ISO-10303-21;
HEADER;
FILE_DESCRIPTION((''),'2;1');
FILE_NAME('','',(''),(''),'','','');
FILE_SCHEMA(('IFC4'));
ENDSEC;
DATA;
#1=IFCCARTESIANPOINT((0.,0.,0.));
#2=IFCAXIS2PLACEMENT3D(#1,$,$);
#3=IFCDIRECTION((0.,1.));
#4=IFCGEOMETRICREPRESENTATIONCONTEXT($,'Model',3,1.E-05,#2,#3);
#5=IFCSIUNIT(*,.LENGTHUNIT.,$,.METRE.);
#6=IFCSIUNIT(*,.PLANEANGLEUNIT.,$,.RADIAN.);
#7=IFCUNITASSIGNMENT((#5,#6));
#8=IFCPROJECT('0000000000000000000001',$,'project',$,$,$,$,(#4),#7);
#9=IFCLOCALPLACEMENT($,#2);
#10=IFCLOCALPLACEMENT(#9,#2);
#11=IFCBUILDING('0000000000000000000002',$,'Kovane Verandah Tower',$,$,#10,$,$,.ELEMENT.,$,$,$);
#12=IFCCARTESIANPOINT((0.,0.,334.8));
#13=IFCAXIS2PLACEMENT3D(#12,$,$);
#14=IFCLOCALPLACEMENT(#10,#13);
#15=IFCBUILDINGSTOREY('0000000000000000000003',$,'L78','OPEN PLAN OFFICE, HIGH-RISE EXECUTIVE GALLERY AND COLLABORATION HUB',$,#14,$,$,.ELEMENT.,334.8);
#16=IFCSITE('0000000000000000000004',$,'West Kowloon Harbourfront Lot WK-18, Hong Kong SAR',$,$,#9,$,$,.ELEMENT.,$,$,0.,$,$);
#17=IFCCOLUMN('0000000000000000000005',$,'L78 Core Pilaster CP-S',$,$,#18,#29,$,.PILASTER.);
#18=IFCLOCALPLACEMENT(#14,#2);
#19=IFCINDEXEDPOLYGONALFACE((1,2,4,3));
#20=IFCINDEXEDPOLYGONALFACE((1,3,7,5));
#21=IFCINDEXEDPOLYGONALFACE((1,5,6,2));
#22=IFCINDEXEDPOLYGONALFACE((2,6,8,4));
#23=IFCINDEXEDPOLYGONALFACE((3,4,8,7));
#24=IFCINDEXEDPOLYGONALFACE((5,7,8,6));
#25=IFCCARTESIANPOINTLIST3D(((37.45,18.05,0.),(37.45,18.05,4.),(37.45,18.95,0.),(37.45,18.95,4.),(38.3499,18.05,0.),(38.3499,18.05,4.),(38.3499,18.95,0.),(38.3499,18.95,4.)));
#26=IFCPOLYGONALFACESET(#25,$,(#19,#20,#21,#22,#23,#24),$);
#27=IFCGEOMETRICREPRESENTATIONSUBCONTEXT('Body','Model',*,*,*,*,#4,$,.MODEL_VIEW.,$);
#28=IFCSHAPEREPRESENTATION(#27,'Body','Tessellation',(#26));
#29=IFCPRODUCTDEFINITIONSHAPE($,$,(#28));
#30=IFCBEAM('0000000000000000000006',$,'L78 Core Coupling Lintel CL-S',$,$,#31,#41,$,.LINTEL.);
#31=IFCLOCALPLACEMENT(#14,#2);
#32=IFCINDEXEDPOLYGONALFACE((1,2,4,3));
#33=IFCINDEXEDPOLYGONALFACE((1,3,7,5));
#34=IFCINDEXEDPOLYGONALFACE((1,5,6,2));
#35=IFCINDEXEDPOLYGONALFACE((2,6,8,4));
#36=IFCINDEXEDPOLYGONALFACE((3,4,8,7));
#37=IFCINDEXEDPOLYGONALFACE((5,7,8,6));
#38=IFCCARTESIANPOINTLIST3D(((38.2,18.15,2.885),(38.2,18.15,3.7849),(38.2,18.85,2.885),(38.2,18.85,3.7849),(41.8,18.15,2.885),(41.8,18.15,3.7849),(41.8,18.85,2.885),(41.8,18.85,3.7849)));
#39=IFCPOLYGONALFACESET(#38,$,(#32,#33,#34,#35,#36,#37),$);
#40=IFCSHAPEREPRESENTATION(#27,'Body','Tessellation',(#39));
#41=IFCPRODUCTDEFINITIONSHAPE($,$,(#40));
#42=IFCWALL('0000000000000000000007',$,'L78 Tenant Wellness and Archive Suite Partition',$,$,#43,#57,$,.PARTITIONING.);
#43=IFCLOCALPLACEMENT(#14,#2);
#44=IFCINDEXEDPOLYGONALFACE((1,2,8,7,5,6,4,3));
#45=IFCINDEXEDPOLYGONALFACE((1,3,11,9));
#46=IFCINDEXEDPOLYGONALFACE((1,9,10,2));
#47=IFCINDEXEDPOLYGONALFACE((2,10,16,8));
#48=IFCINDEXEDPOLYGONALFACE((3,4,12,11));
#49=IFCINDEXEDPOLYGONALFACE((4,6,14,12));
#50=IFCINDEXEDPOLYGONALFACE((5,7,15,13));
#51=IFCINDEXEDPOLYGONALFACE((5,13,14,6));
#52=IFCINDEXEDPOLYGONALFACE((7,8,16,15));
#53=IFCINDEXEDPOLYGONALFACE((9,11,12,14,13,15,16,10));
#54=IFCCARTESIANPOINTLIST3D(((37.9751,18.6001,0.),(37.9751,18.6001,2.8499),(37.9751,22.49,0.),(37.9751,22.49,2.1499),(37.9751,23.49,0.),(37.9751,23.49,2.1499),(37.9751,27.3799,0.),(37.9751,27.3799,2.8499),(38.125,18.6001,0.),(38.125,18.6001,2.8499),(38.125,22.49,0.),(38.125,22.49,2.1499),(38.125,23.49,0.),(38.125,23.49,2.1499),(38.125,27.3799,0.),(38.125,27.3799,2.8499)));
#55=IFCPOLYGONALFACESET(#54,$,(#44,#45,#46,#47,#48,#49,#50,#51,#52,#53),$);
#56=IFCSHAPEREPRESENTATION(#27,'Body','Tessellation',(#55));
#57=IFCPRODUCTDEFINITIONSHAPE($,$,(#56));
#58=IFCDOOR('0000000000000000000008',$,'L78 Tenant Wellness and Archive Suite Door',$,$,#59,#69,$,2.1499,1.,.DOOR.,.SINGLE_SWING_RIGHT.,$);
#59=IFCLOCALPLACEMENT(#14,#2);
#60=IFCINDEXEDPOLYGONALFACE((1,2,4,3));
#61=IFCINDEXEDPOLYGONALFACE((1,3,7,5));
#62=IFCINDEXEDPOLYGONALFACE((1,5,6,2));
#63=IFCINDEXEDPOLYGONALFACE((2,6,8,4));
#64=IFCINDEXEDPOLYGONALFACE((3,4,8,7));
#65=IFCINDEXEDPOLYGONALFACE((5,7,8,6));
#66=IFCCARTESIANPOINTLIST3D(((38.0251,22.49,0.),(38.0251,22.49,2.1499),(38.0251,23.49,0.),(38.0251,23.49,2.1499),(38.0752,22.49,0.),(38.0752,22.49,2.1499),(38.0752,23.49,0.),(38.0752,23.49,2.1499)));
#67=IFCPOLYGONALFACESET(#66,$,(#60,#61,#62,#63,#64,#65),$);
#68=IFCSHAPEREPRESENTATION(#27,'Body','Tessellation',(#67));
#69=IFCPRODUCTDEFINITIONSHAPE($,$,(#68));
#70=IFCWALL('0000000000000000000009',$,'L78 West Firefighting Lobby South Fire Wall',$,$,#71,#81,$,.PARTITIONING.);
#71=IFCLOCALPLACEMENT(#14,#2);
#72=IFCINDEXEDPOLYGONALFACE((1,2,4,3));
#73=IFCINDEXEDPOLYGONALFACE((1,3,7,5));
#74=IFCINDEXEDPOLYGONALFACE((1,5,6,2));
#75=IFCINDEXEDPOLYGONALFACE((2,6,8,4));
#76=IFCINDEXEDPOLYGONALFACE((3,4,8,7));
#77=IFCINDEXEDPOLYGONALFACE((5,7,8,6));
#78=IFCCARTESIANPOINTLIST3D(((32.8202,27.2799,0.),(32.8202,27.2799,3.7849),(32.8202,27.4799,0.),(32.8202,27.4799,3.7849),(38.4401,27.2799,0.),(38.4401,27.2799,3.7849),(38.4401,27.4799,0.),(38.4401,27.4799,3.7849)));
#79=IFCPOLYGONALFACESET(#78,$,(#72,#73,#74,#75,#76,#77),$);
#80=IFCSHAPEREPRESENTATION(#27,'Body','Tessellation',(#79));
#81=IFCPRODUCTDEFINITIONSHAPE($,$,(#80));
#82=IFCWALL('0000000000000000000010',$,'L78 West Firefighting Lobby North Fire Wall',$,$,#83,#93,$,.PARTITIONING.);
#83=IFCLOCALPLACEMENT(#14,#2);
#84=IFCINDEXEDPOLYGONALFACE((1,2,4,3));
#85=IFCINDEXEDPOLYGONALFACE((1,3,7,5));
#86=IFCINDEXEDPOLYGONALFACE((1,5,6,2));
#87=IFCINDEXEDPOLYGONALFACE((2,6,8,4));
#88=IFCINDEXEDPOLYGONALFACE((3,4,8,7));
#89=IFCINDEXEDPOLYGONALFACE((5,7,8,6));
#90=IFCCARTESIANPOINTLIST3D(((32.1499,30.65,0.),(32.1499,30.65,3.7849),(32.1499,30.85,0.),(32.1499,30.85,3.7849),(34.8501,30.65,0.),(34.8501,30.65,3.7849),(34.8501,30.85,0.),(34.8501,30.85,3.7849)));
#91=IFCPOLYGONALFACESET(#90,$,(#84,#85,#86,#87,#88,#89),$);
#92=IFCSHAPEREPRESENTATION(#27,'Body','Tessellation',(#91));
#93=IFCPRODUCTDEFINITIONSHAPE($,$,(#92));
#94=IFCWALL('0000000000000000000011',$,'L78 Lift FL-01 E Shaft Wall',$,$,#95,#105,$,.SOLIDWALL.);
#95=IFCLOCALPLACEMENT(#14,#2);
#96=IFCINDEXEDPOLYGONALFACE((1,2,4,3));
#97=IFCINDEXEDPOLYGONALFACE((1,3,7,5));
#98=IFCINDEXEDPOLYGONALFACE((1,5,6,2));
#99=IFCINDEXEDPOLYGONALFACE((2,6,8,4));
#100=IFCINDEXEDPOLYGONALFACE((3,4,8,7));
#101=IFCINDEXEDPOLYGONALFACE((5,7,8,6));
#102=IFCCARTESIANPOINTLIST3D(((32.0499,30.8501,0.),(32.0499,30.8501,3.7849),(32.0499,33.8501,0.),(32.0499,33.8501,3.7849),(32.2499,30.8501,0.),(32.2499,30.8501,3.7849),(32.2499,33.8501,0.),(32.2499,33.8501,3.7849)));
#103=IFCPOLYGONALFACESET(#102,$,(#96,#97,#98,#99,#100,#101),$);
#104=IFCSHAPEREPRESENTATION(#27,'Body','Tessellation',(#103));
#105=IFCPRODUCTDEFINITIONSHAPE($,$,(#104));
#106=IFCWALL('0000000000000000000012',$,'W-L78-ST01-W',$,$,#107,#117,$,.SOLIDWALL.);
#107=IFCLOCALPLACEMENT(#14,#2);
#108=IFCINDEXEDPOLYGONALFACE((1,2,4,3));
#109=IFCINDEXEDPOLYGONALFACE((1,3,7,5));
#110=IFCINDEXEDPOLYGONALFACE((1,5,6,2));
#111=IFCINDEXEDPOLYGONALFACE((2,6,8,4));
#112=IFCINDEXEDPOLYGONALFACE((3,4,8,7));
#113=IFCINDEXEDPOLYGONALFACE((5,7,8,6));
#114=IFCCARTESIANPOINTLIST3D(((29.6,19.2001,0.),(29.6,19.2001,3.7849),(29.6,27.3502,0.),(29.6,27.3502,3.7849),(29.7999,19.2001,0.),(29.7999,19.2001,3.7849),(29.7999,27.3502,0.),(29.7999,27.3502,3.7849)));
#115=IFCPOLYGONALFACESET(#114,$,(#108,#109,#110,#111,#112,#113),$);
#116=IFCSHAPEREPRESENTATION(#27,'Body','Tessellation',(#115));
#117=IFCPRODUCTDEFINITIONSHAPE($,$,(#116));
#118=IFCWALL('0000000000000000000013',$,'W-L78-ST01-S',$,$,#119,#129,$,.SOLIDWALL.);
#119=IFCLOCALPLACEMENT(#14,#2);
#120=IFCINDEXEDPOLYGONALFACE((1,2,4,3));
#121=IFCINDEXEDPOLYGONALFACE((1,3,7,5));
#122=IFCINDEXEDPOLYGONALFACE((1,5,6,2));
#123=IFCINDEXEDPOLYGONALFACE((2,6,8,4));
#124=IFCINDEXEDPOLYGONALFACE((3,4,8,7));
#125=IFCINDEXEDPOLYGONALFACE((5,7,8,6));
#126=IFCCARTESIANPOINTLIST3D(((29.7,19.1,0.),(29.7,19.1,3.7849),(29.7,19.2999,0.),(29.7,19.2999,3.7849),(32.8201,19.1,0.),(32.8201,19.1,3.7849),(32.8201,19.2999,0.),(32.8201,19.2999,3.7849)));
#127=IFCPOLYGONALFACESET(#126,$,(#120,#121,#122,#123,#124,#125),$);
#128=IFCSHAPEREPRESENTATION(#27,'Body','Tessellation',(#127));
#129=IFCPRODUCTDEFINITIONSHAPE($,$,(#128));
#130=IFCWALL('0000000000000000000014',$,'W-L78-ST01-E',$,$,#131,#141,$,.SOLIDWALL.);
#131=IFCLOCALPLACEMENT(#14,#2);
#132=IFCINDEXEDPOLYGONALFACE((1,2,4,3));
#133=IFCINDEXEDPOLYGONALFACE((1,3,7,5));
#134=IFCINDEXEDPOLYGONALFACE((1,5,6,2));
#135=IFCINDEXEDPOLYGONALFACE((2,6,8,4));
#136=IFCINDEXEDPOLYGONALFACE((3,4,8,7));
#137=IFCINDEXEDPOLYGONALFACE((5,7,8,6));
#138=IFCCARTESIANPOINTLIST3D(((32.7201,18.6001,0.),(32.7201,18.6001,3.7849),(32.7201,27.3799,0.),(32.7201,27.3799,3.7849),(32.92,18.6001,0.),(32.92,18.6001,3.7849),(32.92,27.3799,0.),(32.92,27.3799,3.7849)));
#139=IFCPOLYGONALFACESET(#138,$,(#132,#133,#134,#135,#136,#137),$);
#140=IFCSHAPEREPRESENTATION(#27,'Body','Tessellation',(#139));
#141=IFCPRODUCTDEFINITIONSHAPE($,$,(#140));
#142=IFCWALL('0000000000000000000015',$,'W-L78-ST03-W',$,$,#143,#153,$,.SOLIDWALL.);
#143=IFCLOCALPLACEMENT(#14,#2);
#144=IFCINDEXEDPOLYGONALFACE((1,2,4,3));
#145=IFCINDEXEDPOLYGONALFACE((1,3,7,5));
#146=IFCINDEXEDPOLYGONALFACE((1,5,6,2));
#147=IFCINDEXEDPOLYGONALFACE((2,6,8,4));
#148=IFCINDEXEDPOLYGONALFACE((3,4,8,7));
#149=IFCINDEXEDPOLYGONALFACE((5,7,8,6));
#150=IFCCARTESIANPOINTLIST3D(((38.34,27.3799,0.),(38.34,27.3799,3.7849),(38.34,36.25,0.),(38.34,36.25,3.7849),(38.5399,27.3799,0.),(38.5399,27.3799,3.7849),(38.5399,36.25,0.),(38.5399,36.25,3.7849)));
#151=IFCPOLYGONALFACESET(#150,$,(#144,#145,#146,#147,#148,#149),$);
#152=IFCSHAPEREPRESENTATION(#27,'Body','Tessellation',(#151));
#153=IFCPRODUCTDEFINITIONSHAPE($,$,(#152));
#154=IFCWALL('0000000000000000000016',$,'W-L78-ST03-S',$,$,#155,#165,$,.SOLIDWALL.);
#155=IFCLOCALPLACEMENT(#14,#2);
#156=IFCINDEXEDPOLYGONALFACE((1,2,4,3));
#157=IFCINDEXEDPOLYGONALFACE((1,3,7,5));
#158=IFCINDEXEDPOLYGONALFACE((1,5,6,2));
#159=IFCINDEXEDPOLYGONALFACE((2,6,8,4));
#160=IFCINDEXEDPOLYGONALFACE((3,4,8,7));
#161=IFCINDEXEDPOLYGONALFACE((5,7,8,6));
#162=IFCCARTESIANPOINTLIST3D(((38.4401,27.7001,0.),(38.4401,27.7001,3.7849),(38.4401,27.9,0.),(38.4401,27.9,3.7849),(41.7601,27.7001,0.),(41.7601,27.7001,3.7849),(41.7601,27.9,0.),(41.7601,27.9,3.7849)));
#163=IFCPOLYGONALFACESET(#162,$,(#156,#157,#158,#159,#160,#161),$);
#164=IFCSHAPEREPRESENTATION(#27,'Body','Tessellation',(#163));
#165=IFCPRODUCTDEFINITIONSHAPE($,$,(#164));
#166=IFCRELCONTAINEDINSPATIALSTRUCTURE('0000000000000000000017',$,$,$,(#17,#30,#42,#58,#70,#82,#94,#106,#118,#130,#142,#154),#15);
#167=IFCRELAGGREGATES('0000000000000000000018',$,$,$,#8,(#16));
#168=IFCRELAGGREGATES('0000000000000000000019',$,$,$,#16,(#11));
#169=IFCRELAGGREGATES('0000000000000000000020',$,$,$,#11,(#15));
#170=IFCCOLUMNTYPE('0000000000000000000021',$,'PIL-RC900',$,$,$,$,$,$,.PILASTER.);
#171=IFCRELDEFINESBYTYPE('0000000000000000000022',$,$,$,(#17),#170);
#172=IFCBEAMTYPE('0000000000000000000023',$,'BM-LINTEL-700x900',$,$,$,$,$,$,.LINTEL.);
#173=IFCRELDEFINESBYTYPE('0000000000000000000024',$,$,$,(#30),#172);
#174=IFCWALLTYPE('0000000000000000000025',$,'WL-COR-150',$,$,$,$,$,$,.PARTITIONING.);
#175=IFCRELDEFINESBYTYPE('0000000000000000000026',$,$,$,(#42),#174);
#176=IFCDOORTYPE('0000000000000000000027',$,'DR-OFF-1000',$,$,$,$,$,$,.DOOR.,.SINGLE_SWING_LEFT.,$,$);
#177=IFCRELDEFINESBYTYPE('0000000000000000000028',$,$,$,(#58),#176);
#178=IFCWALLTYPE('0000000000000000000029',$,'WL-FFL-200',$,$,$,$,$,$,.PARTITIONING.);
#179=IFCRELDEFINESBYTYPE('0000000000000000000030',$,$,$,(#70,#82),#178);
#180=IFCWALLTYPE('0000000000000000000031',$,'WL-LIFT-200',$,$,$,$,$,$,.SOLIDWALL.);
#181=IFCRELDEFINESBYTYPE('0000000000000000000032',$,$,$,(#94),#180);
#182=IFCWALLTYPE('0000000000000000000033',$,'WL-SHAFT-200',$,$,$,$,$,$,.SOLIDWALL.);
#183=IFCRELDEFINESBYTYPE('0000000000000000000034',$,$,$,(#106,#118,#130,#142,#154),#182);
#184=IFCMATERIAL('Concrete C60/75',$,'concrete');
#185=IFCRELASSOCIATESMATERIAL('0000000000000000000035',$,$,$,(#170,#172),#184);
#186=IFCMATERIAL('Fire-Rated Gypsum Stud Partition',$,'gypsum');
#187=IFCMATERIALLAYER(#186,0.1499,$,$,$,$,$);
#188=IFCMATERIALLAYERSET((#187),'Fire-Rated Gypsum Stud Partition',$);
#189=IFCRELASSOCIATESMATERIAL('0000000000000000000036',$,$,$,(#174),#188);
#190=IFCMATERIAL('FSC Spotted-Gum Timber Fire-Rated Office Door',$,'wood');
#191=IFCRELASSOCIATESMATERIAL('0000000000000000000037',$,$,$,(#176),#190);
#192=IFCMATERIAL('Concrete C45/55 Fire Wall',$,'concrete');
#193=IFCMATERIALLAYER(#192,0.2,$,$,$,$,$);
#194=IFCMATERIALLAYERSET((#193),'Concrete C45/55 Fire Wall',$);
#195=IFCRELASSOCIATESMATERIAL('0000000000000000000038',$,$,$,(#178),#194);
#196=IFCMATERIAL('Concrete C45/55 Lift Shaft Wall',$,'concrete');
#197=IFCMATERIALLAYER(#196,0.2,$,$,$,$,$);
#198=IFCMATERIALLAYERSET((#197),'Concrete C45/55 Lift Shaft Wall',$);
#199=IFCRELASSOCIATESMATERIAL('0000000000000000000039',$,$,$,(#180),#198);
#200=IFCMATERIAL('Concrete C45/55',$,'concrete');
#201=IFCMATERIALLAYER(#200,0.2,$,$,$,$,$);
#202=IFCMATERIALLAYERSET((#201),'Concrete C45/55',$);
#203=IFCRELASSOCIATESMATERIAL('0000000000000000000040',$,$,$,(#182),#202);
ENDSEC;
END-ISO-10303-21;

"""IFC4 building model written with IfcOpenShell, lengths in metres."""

from ifc_helpers import new_model, si_unit, direction, frame, frame_2d, origin, origin_2d, place, context, subcontext, project, spatial, rectangle, extrude, material, layer, layer_set, material_profile, profile_set, type_object, element, fill, save


model = new_model("IFC4")

# Units and contexts
model_context = context("Model", 3, precision=1e-05, world=origin(), true_north=direction((0.0, 1.0)))
body_context = subcontext(model_context, "Body", "Model", "MODEL_VIEW")
ifc_project = project(units=[si_unit("LENGTHUNIT", "METRE"), si_unit("PLANEANGLEUNIT", "RADIAN")], contexts=[model_context])

# Site, building, storey
site_placement = place(None, origin())
site = spatial("IfcSite", under=ifc_project, at=site_placement, Name="West Kowloon Harbourfront Lot WK-18, Hong Kong SAR", CompositionType="ELEMENT", RefElevation=0.0)
building_placement = place(site_placement, origin())
building = spatial("IfcBuilding", under=site, at=building_placement, Name="Kovane Verandah Tower", CompositionType="ELEMENT")
storey_placement = place(building_placement, frame((0.0, 0.0, 334.8)))
storey = spatial("IfcBuildingStorey", under=building, at=storey_placement, Name="L78", Description="OPEN PLAN OFFICE, HIGH-RISE EXECUTIVE GALLERY AND COLLABORATION HUB", CompositionType="ELEMENT", Elevation=334.8)

# Column
ifc_material_1 = material(Name="Concrete C60/75", Category="concrete")
ifc_material_profile_1 = material_profile(ifc_material_1, rectangle(XDim=0.8999, YDim=0.8999, at=origin_2d()), Name="RC900x900")
ifc_profile_set_1 = profile_set([ifc_material_profile_1], Name="Concrete C60/75")
column_type = type_object("IfcColumnType", Name="PIL-RC900", PredefinedType="PILASTER", material=ifc_profile_set_1)
column_placement = place(storey_placement, frame((37.8999, 18.5, 0.0), z_axis=(0.0, 0.0, 1.0), x_axis=(1.0, 0.0, 0.0)))
element("IfcColumn", 1, at=column_placement, inside=storey, type_object=column_type, Name="L78 Core Pilaster CP-S", PredefinedType="PILASTER", context=body_context, shape_type="SweptSolid", body=[
    extrude(rectangle(XDim=0.8999, YDim=0.8999, at=origin_2d()), origin(), (0.0, 0.0, 1.0), 4.0),
])

# Beam
ifc_material_profile_2 = material_profile(ifc_material_1, rectangle(XDim=0.7, YDim=0.8999, at=origin_2d()), Name="RCB700x900")
ifc_profile_set_2 = profile_set([ifc_material_profile_2], Name="Concrete C60/75")
beam_type = type_object("IfcBeamType", Name="BM-LINTEL-700x900", PredefinedType="LINTEL", material=ifc_profile_set_2)
beam_placement = place(storey_placement, frame((38.2, 18.5, 3.335), z_axis=(1.0, 0.0, 0.0), x_axis=(0.0, 1.0, 0.0)))
element("IfcBeam", 2, at=beam_placement, inside=storey, type_object=beam_type, Name="L78 Core Coupling Lintel CL-S", PredefinedType="LINTEL", context=body_context, shape_type="SweptSolid", body=[
    extrude(rectangle(XDim=0.7, YDim=0.8999, at=origin_2d()), origin(), (0.0, 0.0, 1.0), 3.6001),
])

# Wall, opening, door
ifc_material_2 = material(Name="Fire-Rated Gypsum Stud Partition", Category="gypsum")
ifc_layer_1 = layer(ifc_material_2, 0.1499)
ifc_layer_set_1 = layer_set([ifc_layer_1], Name="Fire-Rated Gypsum Stud Partition")
wall_type_1 = type_object("IfcWallType", Name="WL-COR-150", PredefinedType="PARTITIONING", material=ifc_layer_set_1)
wall_1_placement = place(storey_placement, frame((38.05, 18.6001, 0.0), z_axis=(0.0, 0.0, 1.0), x_axis=(0.0, 1.0, 0.0)))
wall_1 = element("IfcWall", 3, at=wall_1_placement, inside=storey, type_object=wall_type_1, Name="L78 Tenant Wellness and Archive Suite Partition", PredefinedType="PARTITIONING", context=body_context, shape_type="SweptSolid", body=[
    extrude(rectangle(XDim=8.7798, YDim=0.1499, at=frame_2d((4.3899, 0.0))), origin(), (0.0, 0.0, 1.0), 2.8499),
])
opening_1_placement = place(wall_1_placement, frame((3.8899, 0.0, 0.0)))
opening_1 = element("IfcOpeningElement", 4, at=opening_1_placement, cuts=wall_1, PredefinedType="OPENING", context=body_context, shape_type="SweptSolid", body=[
    extrude(rectangle(XDim=1.0, YDim=2.1499, at=frame_2d((0.5, 1.075))), frame((0.0, 0.075, 0.0), z_axis=(0.0, -1.0, 0.0), x_axis=(1.0, 0.0, 0.0)), (0.0, 0.0, 1.0), 0.1499),
])
ifc_material_3 = material(Name="FSC Spotted-Gum Timber Fire-Rated Office Door", Category="wood")
door_type_1 = type_object("IfcDoorType", Name="DR-OFF-1000", OperationType="SINGLE_SWING_LEFT", PredefinedType="DOOR", material=ifc_material_3)
door_1_placement = place(opening_1_placement, origin())
door_1 = element("IfcDoor", 5, at=door_1_placement, inside=storey, type_object=door_type_1, Name="L78 Tenant Wellness and Archive Suite Door", OperationType="SINGLE_SWING_RIGHT", OverallHeight=2.1499, OverallWidth=1.0, PredefinedType="DOOR", context=body_context, shape_type="SweptSolid", body=[
    extrude(rectangle(XDim=1.0, YDim=2.1499, at=frame_2d((0.5, 1.075))), frame((0.0, 0.0249, 0.0), z_axis=(0.0, -1.0, 0.0), x_axis=(1.0, 0.0, 0.0)), (0.0, 0.0, 1.0), 0.05),
])
fill(opening_1, door_1)
ifc_material_4 = material(Name="Concrete C45/55 Fire Wall", Category="concrete")
ifc_layer_2 = layer(ifc_material_4, 0.2)
ifc_layer_set_2 = layer_set([ifc_layer_2], Name="Concrete C45/55 Fire Wall")
wall_type_2 = type_object("IfcWallType", Name="WL-FFL-200", PredefinedType="PARTITIONING", material=ifc_layer_set_2)

# Walls
wall_2_placement = place(storey_placement, frame((32.8201, 27.3799, 0.0), z_axis=(0.0, 0.0, 1.0), x_axis=(1.0, 0.0, 0.0)))
element("IfcWall", 6, at=wall_2_placement, inside=storey, type_object=wall_type_2, Name="L78 West Firefighting Lobby South Fire Wall", PredefinedType="PARTITIONING", context=body_context, shape_type="SweptSolid", body=[
    extrude(rectangle(XDim=5.6199, YDim=0.2, at=frame_2d((2.8101, 0.0))), origin(), (0.0, 0.0, 1.0), 3.7849),
])
wall_3_placement = place(storey_placement, frame((32.1499, 30.75, 0.0), z_axis=(0.0, 0.0, 1.0), x_axis=(1.0, 0.0, 0.0)))
element("IfcWall", 7, at=wall_3_placement, inside=storey, type_object=wall_type_2, Name="L78 West Firefighting Lobby North Fire Wall", PredefinedType="PARTITIONING", context=body_context, shape_type="SweptSolid", body=[
    extrude(rectangle(XDim=2.7002, YDim=0.2, at=frame_2d((1.3501, 0.0))), origin(), (0.0, 0.0, 1.0), 3.7849),
])
ifc_material_5 = material(Name="Concrete C45/55 Lift Shaft Wall", Category="concrete")
ifc_layer_3 = layer(ifc_material_5, 0.2)
ifc_layer_set_3 = layer_set([ifc_layer_3], Name="Concrete C45/55 Lift Shaft Wall")
wall_type_3 = type_object("IfcWallType", Name="WL-LIFT-200", PredefinedType="SOLIDWALL", material=ifc_layer_set_3)
wall_4_placement = place(storey_placement, frame((32.1499, 30.8501, 0.0), z_axis=(0.0, 0.0, 1.0), x_axis=(0.0, 1.0, 0.0)))
element("IfcWall", 8, at=wall_4_placement, inside=storey, type_object=wall_type_3, Name="L78 Lift FL-01 E Shaft Wall", PredefinedType="SOLIDWALL", context=body_context, shape_type="SweptSolid", body=[
    extrude(rectangle(XDim=3.0, YDim=0.2, at=frame_2d((1.5, 0.0))), origin(), (0.0, 0.0, 1.0), 3.7849),
])
ifc_material_6 = material(Name="Concrete C45/55", Category="concrete")
ifc_layer_4 = layer(ifc_material_6, 0.2)
ifc_layer_set_4 = layer_set([ifc_layer_4], Name="Concrete C45/55")
wall_type_4 = type_object("IfcWallType", Name="WL-SHAFT-200", PredefinedType="SOLIDWALL", material=ifc_layer_set_4)
wall_5_placement = place(storey_placement, frame((29.7, 19.2, 0.0), z_axis=(0.0, 0.0, 1.0), x_axis=(0.0, 1.0, 0.0)))
element("IfcWall", 9, at=wall_5_placement, inside=storey, type_object=wall_type_4, Name="W-L78-ST01-W", PredefinedType="SOLIDWALL", context=body_context, shape_type="SweptSolid", body=[
    extrude(rectangle(XDim=8.1501, YDim=0.2, at=frame_2d((4.0752, 0.0))), origin(), (0.0, 0.0, 1.0), 3.7849),
])
wall_6_placement = place(storey_placement, frame((29.7, 19.2, 0.0), z_axis=(0.0, 0.0, 1.0), x_axis=(1.0, 0.0, 0.0)))
element("IfcWall", 10, at=wall_6_placement, inside=storey, type_object=wall_type_4, Name="W-L78-ST01-S", PredefinedType="SOLIDWALL", context=body_context, shape_type="SweptSolid", body=[
    extrude(rectangle(XDim=3.1201, YDim=0.2, at=frame_2d((1.5601, 0.0))), origin(), (0.0, 0.0, 1.0), 3.7849),
])
wall_7_placement = place(storey_placement, frame((32.8201, 18.6001, 0.0), z_axis=(0.0, 0.0, 1.0), x_axis=(0.0, 1.0, 0.0)))
element("IfcWall", 11, at=wall_7_placement, inside=storey, type_object=wall_type_4, Name="W-L78-ST01-E", PredefinedType="SOLIDWALL", context=body_context, shape_type="SweptSolid", body=[
    extrude(rectangle(XDim=8.7798, YDim=0.2, at=frame_2d((4.3899, 0.0))), origin(), (0.0, 0.0, 1.0), 3.7849),
])

# Walls
wall_8_placement = place(storey_placement, frame((38.4399, 27.3799, 0.0), z_axis=(0.0, 0.0, 1.0), x_axis=(0.0, 1.0, 0.0)))
element("IfcWall", 12, at=wall_8_placement, inside=storey, type_object=wall_type_4, Name="W-L78-ST03-W", PredefinedType="SOLIDWALL", context=body_context, shape_type="SweptSolid", body=[
    extrude(rectangle(XDim=8.8701, YDim=0.2, at=frame_2d((4.4351, 0.0))), origin(), (0.0, 0.0, 1.0), 3.7849),
])
wall_9_placement = place(storey_placement, frame((38.4399, 27.8, 0.0), z_axis=(0.0, 0.0, 1.0), x_axis=(1.0, 0.0, 0.0)))
element("IfcWall", 13, at=wall_9_placement, inside=storey, type_object=wall_type_4, Name="W-L78-ST03-S", PredefinedType="SOLIDWALL", context=body_context, shape_type="SweptSolid", body=[
    extrude(rectangle(XDim=3.3201, YDim=0.2, at=frame_2d((1.6602, 0.0))), origin(), (0.0, 0.0, 1.0), 3.7849),
])

save(model, "model.ifc")
